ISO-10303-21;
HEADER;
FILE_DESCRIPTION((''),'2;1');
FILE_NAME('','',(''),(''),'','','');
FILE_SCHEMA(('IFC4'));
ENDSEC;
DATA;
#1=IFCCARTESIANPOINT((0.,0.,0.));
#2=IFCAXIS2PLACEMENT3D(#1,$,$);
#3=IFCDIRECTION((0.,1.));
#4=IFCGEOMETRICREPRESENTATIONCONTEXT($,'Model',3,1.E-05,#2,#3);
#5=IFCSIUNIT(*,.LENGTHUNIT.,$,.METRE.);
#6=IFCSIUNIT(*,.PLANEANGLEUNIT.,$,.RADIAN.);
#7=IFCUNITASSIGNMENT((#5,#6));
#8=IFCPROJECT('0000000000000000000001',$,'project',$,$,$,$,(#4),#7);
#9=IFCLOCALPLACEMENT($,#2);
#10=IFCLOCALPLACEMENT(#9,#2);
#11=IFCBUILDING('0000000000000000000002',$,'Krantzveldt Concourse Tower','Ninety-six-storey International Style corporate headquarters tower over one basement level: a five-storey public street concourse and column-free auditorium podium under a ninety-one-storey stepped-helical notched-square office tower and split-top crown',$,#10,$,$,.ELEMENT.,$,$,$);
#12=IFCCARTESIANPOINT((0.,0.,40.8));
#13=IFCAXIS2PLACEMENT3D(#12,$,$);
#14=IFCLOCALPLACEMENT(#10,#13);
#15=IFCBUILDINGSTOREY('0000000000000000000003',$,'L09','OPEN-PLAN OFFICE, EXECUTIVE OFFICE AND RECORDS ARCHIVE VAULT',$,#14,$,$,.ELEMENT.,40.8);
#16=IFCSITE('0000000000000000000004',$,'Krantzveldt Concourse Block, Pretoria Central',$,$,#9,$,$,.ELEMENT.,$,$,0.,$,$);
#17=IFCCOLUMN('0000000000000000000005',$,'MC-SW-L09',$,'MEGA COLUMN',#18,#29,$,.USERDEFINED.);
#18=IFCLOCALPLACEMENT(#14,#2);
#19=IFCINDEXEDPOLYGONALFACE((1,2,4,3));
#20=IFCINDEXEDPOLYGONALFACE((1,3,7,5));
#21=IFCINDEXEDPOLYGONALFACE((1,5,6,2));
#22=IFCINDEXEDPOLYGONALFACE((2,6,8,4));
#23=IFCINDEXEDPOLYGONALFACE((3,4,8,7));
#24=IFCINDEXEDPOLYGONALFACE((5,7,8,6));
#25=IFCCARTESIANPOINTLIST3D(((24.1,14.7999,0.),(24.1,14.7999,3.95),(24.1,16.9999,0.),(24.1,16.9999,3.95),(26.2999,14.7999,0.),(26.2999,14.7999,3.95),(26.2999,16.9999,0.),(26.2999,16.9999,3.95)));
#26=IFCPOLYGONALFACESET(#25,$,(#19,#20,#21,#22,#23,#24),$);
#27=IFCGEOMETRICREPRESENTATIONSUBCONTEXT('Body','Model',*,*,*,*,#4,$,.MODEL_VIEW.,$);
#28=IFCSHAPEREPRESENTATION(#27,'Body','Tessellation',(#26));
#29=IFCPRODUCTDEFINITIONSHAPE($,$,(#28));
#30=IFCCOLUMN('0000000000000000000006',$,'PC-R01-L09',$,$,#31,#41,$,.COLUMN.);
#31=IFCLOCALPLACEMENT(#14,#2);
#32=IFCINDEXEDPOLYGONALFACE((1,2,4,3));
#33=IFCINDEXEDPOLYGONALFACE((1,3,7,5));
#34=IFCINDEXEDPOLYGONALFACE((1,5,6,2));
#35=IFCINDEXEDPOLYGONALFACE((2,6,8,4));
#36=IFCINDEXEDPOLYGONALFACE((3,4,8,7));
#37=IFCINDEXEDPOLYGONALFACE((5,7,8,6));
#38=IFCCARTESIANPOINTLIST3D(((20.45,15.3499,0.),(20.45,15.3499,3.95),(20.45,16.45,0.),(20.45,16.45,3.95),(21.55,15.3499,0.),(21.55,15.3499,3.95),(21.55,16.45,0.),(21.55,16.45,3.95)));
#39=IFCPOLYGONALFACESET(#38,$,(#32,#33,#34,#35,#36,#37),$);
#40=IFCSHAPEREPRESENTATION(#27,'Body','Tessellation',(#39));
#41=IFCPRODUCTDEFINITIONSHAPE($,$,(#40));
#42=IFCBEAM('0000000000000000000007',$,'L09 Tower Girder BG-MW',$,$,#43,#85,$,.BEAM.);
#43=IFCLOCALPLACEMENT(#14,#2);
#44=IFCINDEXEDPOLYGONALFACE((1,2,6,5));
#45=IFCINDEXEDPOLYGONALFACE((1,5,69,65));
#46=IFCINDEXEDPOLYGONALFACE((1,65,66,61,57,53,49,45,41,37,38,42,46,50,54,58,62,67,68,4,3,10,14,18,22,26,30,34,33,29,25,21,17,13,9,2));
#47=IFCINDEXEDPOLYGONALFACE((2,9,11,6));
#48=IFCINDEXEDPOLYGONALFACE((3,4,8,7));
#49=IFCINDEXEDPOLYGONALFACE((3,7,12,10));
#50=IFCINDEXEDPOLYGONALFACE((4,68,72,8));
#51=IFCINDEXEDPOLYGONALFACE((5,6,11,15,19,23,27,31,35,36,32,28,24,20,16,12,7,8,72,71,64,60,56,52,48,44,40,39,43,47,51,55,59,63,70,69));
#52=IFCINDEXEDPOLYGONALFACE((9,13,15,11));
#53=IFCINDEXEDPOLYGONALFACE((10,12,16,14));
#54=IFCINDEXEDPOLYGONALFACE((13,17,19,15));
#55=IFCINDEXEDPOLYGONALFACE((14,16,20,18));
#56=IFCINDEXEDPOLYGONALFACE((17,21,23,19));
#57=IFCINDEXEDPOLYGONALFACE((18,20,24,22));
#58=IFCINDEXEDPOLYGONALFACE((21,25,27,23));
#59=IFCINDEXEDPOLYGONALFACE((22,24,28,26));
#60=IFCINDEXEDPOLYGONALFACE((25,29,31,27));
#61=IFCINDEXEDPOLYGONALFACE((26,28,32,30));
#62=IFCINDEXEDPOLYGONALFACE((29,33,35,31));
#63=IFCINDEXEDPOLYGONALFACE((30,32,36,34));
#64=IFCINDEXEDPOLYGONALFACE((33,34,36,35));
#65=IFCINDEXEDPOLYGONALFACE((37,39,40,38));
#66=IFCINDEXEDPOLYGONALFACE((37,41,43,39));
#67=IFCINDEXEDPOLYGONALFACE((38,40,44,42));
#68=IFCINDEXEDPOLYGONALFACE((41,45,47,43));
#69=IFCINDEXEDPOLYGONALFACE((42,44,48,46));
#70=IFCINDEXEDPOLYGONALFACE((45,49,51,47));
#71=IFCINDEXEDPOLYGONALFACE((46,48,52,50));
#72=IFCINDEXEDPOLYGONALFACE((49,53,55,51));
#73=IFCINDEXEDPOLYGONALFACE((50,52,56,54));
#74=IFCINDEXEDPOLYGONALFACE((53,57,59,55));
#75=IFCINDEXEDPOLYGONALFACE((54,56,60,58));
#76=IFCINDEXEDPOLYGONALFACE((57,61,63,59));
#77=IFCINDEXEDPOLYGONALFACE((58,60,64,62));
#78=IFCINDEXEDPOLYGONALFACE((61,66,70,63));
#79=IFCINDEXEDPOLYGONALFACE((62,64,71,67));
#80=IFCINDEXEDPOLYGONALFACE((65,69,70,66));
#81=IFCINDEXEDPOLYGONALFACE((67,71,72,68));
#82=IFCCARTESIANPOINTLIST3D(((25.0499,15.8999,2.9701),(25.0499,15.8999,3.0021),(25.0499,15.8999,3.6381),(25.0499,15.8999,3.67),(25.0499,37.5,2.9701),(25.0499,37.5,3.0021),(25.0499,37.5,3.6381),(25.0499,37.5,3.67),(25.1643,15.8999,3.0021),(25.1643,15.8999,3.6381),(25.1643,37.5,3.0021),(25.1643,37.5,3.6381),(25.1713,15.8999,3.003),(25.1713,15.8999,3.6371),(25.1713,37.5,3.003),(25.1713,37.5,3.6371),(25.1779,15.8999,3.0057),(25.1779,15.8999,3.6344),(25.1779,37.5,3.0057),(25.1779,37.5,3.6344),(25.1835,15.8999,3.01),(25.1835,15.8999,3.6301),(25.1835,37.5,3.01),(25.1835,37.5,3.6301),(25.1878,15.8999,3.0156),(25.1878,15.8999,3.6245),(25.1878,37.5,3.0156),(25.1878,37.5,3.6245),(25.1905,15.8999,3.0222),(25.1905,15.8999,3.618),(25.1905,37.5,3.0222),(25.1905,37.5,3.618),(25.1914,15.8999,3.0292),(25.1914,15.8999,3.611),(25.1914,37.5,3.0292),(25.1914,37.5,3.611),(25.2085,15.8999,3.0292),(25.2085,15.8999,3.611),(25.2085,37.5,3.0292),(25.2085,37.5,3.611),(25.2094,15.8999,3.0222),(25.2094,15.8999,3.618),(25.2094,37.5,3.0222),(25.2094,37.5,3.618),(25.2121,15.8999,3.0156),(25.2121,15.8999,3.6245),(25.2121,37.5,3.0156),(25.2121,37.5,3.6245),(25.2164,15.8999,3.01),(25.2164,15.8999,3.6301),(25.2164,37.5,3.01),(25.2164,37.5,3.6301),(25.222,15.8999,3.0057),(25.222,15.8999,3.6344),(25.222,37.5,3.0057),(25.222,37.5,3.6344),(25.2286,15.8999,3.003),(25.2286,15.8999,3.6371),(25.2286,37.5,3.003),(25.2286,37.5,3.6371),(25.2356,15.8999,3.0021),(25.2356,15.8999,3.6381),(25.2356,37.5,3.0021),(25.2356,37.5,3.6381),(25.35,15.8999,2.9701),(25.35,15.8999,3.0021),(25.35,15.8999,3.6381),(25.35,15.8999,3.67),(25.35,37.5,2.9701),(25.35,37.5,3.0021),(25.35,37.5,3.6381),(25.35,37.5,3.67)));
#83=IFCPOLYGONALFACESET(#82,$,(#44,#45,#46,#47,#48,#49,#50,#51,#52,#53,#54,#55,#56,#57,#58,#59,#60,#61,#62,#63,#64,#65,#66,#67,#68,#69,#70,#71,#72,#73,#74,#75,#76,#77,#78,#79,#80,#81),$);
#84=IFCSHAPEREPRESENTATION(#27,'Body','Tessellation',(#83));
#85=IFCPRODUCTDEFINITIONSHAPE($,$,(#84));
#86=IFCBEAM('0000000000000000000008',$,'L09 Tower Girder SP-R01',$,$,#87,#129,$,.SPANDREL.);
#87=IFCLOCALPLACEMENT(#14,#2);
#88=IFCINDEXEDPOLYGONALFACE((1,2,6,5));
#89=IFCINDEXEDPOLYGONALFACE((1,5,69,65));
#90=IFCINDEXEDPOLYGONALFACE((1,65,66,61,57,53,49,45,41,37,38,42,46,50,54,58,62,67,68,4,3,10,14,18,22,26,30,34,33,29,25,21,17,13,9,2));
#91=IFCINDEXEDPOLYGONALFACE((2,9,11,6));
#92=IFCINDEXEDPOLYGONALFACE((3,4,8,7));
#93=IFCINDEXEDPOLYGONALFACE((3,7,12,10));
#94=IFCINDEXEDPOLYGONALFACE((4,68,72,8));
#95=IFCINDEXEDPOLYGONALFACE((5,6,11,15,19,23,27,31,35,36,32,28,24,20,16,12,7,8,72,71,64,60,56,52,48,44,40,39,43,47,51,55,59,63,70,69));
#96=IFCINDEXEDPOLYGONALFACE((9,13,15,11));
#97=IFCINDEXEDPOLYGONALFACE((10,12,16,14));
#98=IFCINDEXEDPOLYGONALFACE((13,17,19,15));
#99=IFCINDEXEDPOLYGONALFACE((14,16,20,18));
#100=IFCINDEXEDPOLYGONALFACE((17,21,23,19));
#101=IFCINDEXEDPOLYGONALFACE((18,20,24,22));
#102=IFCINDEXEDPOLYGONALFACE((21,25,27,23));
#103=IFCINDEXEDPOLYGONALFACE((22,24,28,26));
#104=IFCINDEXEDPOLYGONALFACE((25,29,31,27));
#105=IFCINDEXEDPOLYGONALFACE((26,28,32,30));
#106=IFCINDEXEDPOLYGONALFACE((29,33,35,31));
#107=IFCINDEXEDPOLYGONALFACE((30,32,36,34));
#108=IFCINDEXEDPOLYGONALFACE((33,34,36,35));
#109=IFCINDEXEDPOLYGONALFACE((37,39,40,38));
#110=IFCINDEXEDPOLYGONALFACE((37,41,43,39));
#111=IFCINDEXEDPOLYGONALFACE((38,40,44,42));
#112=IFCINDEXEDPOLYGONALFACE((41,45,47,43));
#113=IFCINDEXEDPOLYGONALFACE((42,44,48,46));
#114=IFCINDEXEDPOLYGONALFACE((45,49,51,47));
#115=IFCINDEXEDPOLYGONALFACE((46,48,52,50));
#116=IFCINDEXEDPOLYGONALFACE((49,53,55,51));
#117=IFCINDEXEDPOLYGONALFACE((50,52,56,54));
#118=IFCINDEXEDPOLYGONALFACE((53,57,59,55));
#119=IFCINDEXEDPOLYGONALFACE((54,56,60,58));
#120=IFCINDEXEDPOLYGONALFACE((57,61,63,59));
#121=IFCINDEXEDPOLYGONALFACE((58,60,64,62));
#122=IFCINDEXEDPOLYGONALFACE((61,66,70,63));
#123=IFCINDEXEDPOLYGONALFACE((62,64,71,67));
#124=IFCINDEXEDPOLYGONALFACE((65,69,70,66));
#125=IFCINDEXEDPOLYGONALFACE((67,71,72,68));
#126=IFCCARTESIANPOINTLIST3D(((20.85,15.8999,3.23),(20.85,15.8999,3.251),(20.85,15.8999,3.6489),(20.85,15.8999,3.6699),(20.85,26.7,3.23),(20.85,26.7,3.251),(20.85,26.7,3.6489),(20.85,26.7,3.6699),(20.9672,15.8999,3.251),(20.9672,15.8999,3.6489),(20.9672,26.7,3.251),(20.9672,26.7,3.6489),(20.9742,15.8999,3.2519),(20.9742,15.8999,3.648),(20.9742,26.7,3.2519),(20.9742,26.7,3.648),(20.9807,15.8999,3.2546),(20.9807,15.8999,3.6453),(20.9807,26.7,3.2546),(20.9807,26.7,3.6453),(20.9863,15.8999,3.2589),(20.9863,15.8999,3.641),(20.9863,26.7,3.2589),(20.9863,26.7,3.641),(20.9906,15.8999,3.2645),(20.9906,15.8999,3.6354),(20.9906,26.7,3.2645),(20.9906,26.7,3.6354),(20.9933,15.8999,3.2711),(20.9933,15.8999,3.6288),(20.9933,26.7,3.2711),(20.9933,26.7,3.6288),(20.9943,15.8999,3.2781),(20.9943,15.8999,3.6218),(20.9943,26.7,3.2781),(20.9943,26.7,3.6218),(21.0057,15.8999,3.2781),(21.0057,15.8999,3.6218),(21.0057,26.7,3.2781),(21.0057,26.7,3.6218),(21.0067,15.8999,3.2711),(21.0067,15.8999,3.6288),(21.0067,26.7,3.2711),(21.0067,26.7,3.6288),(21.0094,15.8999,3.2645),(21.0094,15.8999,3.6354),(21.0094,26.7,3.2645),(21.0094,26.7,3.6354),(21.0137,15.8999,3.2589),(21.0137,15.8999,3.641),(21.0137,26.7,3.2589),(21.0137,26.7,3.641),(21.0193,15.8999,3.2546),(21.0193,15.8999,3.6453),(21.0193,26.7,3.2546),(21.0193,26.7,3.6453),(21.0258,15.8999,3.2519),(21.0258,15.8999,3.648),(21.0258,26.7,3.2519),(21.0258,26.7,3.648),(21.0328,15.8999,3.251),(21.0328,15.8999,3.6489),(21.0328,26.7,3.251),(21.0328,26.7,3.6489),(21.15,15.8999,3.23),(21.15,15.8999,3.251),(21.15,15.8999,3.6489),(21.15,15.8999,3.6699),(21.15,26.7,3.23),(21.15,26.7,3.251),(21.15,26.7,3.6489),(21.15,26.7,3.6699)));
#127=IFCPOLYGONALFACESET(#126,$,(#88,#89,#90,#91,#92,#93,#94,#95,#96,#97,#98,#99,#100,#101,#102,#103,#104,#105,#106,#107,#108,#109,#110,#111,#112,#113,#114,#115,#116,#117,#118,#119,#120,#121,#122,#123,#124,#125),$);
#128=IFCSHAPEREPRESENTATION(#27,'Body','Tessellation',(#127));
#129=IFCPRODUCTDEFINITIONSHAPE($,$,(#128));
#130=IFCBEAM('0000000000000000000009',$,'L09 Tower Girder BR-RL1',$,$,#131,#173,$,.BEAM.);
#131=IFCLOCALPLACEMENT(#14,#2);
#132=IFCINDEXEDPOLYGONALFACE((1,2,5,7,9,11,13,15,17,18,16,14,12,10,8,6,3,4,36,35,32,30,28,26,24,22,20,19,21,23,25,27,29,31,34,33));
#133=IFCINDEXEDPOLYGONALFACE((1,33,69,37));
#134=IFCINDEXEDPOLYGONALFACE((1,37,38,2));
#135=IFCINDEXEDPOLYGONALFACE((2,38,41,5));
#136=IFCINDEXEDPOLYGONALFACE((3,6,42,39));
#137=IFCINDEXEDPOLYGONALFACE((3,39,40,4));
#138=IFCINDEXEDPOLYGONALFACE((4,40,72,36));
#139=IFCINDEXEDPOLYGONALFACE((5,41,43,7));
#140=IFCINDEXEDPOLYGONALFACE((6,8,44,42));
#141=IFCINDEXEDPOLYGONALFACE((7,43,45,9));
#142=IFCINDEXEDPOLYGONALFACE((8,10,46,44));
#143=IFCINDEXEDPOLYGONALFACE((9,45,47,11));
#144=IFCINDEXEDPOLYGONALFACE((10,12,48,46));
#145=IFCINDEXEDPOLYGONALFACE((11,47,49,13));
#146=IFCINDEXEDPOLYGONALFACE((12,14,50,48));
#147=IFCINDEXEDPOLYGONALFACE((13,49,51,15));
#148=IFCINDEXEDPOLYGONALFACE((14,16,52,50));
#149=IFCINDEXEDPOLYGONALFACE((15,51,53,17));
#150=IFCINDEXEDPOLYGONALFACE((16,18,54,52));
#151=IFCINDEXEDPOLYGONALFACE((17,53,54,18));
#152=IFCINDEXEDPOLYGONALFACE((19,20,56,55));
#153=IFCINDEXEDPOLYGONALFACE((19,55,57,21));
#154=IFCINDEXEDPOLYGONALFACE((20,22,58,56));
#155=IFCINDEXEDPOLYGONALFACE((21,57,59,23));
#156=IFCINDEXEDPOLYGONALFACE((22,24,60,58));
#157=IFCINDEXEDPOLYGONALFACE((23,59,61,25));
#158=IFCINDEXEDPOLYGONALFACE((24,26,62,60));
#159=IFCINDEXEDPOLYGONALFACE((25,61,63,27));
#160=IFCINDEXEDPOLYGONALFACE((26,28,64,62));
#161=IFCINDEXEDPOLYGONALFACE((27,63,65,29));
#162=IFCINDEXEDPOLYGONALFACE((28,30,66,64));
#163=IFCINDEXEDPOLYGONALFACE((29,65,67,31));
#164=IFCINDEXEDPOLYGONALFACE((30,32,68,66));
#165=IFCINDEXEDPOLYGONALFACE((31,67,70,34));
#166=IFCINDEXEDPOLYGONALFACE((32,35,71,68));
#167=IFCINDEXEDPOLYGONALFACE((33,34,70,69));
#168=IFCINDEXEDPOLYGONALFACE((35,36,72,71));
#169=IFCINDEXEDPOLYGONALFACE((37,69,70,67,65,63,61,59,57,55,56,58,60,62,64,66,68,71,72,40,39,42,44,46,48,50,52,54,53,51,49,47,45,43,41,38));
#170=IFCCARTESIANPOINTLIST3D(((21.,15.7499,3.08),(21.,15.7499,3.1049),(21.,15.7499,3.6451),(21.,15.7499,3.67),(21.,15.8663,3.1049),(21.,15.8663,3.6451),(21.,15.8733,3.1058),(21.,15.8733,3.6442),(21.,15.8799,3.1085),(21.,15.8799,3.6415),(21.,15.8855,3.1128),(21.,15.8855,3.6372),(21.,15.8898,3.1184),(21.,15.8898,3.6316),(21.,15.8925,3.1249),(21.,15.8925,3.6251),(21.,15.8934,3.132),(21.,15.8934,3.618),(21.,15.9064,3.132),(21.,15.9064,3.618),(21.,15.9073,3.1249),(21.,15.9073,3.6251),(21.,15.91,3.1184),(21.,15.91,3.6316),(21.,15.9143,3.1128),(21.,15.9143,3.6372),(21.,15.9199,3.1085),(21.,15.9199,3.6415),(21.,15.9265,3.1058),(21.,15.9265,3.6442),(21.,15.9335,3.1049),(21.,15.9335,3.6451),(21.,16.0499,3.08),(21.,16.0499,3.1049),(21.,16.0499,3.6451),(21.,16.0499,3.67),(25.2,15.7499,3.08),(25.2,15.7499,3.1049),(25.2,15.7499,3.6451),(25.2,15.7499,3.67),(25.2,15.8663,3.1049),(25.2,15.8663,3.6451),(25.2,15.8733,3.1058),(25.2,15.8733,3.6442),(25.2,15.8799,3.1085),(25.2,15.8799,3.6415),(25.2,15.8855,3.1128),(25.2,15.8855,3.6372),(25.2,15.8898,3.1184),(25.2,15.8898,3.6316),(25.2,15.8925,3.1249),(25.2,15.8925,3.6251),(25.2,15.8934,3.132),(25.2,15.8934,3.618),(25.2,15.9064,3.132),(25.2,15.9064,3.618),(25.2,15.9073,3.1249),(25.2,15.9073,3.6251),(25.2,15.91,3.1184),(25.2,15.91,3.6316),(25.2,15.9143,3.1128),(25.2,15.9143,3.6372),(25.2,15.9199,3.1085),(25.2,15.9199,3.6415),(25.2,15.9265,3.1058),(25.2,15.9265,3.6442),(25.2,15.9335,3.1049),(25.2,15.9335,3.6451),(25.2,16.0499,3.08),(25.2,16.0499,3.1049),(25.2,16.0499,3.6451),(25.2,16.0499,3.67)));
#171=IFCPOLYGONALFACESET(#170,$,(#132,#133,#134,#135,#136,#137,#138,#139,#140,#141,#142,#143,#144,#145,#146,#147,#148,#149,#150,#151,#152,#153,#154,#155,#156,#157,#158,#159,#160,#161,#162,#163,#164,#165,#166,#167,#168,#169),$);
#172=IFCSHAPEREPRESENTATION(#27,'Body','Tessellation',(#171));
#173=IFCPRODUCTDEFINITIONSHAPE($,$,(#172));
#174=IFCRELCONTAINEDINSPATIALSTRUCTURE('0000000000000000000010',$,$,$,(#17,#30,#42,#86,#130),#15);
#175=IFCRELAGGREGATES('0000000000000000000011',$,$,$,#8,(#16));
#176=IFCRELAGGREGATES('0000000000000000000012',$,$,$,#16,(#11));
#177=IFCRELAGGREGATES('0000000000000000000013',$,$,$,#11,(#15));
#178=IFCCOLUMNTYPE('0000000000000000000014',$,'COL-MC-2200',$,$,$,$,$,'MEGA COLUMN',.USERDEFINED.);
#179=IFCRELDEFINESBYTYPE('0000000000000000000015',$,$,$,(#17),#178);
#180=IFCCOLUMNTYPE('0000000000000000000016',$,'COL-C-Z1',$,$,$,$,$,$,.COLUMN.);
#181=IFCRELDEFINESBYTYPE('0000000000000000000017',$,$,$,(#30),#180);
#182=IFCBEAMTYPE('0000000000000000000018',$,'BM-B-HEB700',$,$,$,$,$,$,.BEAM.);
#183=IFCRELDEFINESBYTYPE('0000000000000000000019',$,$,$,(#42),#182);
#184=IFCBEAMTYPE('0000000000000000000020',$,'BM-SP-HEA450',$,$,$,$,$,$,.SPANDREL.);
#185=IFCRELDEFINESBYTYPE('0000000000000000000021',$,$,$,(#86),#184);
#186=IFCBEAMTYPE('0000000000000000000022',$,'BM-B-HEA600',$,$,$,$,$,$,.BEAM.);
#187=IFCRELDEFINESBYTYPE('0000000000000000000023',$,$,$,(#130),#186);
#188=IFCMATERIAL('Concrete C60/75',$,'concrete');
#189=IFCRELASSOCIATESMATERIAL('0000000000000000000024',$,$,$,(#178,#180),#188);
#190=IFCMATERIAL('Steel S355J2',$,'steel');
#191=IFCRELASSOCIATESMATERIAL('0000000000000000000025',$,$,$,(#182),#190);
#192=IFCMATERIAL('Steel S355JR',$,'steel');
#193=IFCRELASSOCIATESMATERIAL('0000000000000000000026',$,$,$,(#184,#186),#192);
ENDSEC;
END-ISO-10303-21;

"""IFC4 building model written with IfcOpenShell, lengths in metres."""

from ifc_helpers import new_model, si_unit, direction, frame, origin, origin_2d, place, context, subcontext, project, spatial, rectangle, i_section, extrude, source, transform, mapped, material, material_profile, profile_set, type_object, type_shapes, element, save


model = new_model("IFC4")

# Units and contexts
model_context = context("Model", 3, precision=1e-05, world=origin(), true_north=direction((0.0, 1.0)))
body_context = subcontext(model_context, "Body", "Model", "MODEL_VIEW")
ifc_project = project(units=[si_unit("LENGTHUNIT", "METRE"), si_unit("PLANEANGLEUNIT", "RADIAN")], contexts=[model_context])

# Site, building, storey
site_placement = place(None, origin())
site = spatial("IfcSite", under=ifc_project, at=site_placement, Name="Krantzveldt Concourse Block, Pretoria Central", CompositionType="ELEMENT", RefElevation=0.0)
building_placement = place(site_placement, origin())
building = spatial("IfcBuilding", under=site, at=building_placement, Name="Krantzveldt Concourse Tower", Description="Ninety-six-storey International Style corporate headquarters tower over one basement level: a five-storey public street concourse and column-free auditorium podium under a ninety-one-storey stepped-helical notched-square office tower and split-top crown", CompositionType="ELEMENT")
storey_placement = place(building_placement, frame((0.0, 0.0, 40.8)))
storey = spatial("IfcBuildingStorey", under=building, at=storey_placement, Name="L09", Description="OPEN-PLAN OFFICE, EXECUTIVE OFFICE AND RECORDS ARCHIVE VAULT", CompositionType="ELEMENT", Elevation=40.8)

# Columns
ifc_material_1 = material(Name="Concrete C60/75", Category="concrete")
ifc_material_profile_1 = material_profile(ifc_material_1, rectangle(XDim=2.2, YDim=2.2, at=origin_2d()), Name="Concrete C60/75", Category="concrete")
ifc_profile_set_1 = profile_set([ifc_material_profile_1], Name="Concrete C60/75 - RC 2200x2200")
column_type_1 = type_object("IfcColumnType", Name="COL-MC-2200", ElementType="MEGA COLUMN", PredefinedType="USERDEFINED", material=ifc_profile_set_1)
shared_shape_1 = source(origin(), body_context, "Body", "SweptSolid", [
    extrude(rectangle(XDim=2.2, YDim=2.2, at=origin_2d()), origin(), (0.0, 0.0, 1.0), 3.95),
])
type_shapes(column_type_1, [shared_shape_1])
column_1_placement = place(storey_placement, frame((25.2, 15.8999, 0.0), z_axis=(0.0, 0.0, 1.0), x_axis=(1.0, 0.0, 0.0)))
element("IfcColumn", 1, at=column_1_placement, inside=storey, type_object=column_type_1, Name="MC-SW-L09", ObjectType="MEGA COLUMN", PredefinedType="USERDEFINED", context=body_context, shape_type="MappedRepresentation", body=[
    mapped(shared_shape_1, transform((0.0, 0.0, 0.0), x_axis=(1.0, 0.0, 0.0), y_axis=(0.0, 1.0, 0.0), z_axis=(0.0, 0.0, 1.0), scale=1.0)),
])
ifc_material_profile_2 = material_profile(ifc_material_1, rectangle(XDim=1.1001, YDim=1.1001, at=origin_2d()), Name="Concrete C60/75", Category="concrete")
ifc_profile_set_2 = profile_set([ifc_material_profile_2], Name="Concrete C60/75 - RC 1100x1100")
column_type_2 = type_object("IfcColumnType", Name="COL-C-Z1", PredefinedType="COLUMN", material=ifc_profile_set_2)
shared_shape_2 = source(origin(), body_context, "Body", "SweptSolid", [
    extrude(rectangle(XDim=1.1001, YDim=1.1001, at=origin_2d()), origin(), (0.0, 0.0, 1.0), 3.95),
])
type_shapes(column_type_2, [shared_shape_2])
column_2_placement = place(storey_placement, frame((21.0, 15.8999, 0.0), z_axis=(0.0, 0.0, 1.0), x_axis=(1.0, 0.0, 0.0)))
element("IfcColumn", 2, at=column_2_placement, inside=storey, type_object=column_type_2, Name="PC-R01-L09", PredefinedType="COLUMN", context=body_context, shape_type="MappedRepresentation", body=[
    mapped(shared_shape_2, transform((0.0, 0.0, 0.0), x_axis=(1.0, 0.0, 0.0), y_axis=(0.0, 1.0, 0.0), z_axis=(0.0, 0.0, 1.0), scale=1.0)),
])

# Beams
ifc_material_2 = material(Name="Steel S355J2", Category="steel")
ifc_material_profile_3 = material_profile(ifc_material_2, i_section(OverallWidth=0.3, OverallDepth=0.7, WebThickness=0.0171, FlangeThickness=0.032, FilletRadius=0.0271, at=origin_2d()), Name="Steel S355J2", Category="steel")
ifc_profile_set_3 = profile_set([ifc_material_profile_3], Name="Steel S355J2 - HEB 700")
beam_type_1 = type_object("IfcBeamType", Name="BM-B-HEB700", PredefinedType="BEAM", material=ifc_profile_set_3)
shared_shape_3 = source(origin(), body_context, "Body", "SweptSolid", [
    extrude(i_section(OverallWidth=0.3, OverallDepth=0.7, WebThickness=0.0171, FlangeThickness=0.032, FilletRadius=0.0271, at=origin_2d()), origin(), (0.0, 0.0, 1.0), 21.6001),
])
type_shapes(beam_type_1, [shared_shape_3])
beam_1_placement = place(storey_placement, frame((25.2, 15.8999, 3.3201), z_axis=(0.0, 1.0, 0.0), x_axis=(-1.0, 0.0, 0.0)))
element("IfcBeam", 3, at=beam_1_placement, inside=storey, type_object=beam_type_1, Name="L09 Tower Girder BG-MW", PredefinedType="BEAM", context=body_context, shape_type="MappedRepresentation", body=[
    mapped(shared_shape_3, transform((0.0, 0.0, 0.0), x_axis=(1.0, 0.0, 0.0), y_axis=(0.0, 1.0, 0.0), z_axis=(0.0, 0.0, 1.0), scale=1.0)),
])
ifc_material_3 = material(Name="Steel S355JR", Category="steel")
ifc_material_profile_4 = material_profile(ifc_material_3, i_section(OverallWidth=0.3, OverallDepth=0.4399, WebThickness=0.0115, FlangeThickness=0.021, FilletRadius=0.0271, at=origin_2d()), Name="Steel S355JR", Category="steel")
ifc_profile_set_4 = profile_set([ifc_material_profile_4], Name="Steel S355JR - HEA 450")
beam_type_2 = type_object("IfcBeamType", Name="BM-SP-HEA450", PredefinedType="SPANDREL", material=ifc_profile_set_4)
shared_shape_4 = source(origin(), body_context, "Body", "SweptSolid", [
    extrude(i_section(OverallWidth=0.3, OverallDepth=0.4399, WebThickness=0.0115, FlangeThickness=0.021, FilletRadius=0.0271, at=origin_2d()), origin(), (0.0, 0.0, 1.0), 10.8),
])
type_shapes(beam_type_2, [shared_shape_4])
beam_2_placement = place(storey_placement, frame((21.0, 15.8999, 3.45), z_axis=(0.0, 1.0, 0.0), x_axis=(-1.0, 0.0, 0.0)))
element("IfcBeam", 4, at=beam_2_placement, inside=storey, type_object=beam_type_2, Name="L09 Tower Girder SP-R01", PredefinedType="SPANDREL", context=body_context, shape_type="MappedRepresentation", body=[
    mapped(shared_shape_4, transform((0.0, 0.0, 0.0), x_axis=(1.0, 0.0, 0.0), y_axis=(0.0, 1.0, 0.0), z_axis=(0.0, 0.0, 1.0), scale=1.0)),
])
ifc_material_profile_5 = material_profile(ifc_material_3, i_section(OverallWidth=0.3, OverallDepth=0.5901, WebThickness=0.0129, FlangeThickness=0.0249, FilletRadius=0.0271, at=origin_2d()), Name="Steel S355JR", Category="steel")
ifc_profile_set_5 = profile_set([ifc_material_profile_5], Name="Steel S355JR - HEA 600")
beam_type_3 = type_object("IfcBeamType", Name="BM-B-HEA600", PredefinedType="BEAM", material=ifc_profile_set_5)
shared_shape_5 = source(origin(), body_context, "Body", "SweptSolid", [
    extrude(i_section(OverallWidth=0.3, OverallDepth=0.5901, WebThickness=0.0129, FlangeThickness=0.0249, FilletRadius=0.0271, at=origin_2d()), origin(), (0.0, 0.0, 1.0), 4.2),
])
beam_3_placement = place(storey_placement, frame((21.0, 15.8999, 3.375), z_axis=(1.0, 0.0, 0.0), x_axis=(0.0, 1.0, 0.0)))
element("IfcBeam", 5, at=beam_3_placement, inside=storey, type_object=beam_type_3, Name="L09 Tower Girder BR-RL1", PredefinedType="BEAM", context=body_context, shape_type="MappedRepresentation", body=[
    mapped(shared_shape_5, transform((0.0, 0.0, 0.0), x_axis=(1.0, 0.0, 0.0), y_axis=(0.0, 1.0, 0.0), z_axis=(0.0, 0.0, 1.0), scale=1.0)),
])

save(model, "model.ifc")
